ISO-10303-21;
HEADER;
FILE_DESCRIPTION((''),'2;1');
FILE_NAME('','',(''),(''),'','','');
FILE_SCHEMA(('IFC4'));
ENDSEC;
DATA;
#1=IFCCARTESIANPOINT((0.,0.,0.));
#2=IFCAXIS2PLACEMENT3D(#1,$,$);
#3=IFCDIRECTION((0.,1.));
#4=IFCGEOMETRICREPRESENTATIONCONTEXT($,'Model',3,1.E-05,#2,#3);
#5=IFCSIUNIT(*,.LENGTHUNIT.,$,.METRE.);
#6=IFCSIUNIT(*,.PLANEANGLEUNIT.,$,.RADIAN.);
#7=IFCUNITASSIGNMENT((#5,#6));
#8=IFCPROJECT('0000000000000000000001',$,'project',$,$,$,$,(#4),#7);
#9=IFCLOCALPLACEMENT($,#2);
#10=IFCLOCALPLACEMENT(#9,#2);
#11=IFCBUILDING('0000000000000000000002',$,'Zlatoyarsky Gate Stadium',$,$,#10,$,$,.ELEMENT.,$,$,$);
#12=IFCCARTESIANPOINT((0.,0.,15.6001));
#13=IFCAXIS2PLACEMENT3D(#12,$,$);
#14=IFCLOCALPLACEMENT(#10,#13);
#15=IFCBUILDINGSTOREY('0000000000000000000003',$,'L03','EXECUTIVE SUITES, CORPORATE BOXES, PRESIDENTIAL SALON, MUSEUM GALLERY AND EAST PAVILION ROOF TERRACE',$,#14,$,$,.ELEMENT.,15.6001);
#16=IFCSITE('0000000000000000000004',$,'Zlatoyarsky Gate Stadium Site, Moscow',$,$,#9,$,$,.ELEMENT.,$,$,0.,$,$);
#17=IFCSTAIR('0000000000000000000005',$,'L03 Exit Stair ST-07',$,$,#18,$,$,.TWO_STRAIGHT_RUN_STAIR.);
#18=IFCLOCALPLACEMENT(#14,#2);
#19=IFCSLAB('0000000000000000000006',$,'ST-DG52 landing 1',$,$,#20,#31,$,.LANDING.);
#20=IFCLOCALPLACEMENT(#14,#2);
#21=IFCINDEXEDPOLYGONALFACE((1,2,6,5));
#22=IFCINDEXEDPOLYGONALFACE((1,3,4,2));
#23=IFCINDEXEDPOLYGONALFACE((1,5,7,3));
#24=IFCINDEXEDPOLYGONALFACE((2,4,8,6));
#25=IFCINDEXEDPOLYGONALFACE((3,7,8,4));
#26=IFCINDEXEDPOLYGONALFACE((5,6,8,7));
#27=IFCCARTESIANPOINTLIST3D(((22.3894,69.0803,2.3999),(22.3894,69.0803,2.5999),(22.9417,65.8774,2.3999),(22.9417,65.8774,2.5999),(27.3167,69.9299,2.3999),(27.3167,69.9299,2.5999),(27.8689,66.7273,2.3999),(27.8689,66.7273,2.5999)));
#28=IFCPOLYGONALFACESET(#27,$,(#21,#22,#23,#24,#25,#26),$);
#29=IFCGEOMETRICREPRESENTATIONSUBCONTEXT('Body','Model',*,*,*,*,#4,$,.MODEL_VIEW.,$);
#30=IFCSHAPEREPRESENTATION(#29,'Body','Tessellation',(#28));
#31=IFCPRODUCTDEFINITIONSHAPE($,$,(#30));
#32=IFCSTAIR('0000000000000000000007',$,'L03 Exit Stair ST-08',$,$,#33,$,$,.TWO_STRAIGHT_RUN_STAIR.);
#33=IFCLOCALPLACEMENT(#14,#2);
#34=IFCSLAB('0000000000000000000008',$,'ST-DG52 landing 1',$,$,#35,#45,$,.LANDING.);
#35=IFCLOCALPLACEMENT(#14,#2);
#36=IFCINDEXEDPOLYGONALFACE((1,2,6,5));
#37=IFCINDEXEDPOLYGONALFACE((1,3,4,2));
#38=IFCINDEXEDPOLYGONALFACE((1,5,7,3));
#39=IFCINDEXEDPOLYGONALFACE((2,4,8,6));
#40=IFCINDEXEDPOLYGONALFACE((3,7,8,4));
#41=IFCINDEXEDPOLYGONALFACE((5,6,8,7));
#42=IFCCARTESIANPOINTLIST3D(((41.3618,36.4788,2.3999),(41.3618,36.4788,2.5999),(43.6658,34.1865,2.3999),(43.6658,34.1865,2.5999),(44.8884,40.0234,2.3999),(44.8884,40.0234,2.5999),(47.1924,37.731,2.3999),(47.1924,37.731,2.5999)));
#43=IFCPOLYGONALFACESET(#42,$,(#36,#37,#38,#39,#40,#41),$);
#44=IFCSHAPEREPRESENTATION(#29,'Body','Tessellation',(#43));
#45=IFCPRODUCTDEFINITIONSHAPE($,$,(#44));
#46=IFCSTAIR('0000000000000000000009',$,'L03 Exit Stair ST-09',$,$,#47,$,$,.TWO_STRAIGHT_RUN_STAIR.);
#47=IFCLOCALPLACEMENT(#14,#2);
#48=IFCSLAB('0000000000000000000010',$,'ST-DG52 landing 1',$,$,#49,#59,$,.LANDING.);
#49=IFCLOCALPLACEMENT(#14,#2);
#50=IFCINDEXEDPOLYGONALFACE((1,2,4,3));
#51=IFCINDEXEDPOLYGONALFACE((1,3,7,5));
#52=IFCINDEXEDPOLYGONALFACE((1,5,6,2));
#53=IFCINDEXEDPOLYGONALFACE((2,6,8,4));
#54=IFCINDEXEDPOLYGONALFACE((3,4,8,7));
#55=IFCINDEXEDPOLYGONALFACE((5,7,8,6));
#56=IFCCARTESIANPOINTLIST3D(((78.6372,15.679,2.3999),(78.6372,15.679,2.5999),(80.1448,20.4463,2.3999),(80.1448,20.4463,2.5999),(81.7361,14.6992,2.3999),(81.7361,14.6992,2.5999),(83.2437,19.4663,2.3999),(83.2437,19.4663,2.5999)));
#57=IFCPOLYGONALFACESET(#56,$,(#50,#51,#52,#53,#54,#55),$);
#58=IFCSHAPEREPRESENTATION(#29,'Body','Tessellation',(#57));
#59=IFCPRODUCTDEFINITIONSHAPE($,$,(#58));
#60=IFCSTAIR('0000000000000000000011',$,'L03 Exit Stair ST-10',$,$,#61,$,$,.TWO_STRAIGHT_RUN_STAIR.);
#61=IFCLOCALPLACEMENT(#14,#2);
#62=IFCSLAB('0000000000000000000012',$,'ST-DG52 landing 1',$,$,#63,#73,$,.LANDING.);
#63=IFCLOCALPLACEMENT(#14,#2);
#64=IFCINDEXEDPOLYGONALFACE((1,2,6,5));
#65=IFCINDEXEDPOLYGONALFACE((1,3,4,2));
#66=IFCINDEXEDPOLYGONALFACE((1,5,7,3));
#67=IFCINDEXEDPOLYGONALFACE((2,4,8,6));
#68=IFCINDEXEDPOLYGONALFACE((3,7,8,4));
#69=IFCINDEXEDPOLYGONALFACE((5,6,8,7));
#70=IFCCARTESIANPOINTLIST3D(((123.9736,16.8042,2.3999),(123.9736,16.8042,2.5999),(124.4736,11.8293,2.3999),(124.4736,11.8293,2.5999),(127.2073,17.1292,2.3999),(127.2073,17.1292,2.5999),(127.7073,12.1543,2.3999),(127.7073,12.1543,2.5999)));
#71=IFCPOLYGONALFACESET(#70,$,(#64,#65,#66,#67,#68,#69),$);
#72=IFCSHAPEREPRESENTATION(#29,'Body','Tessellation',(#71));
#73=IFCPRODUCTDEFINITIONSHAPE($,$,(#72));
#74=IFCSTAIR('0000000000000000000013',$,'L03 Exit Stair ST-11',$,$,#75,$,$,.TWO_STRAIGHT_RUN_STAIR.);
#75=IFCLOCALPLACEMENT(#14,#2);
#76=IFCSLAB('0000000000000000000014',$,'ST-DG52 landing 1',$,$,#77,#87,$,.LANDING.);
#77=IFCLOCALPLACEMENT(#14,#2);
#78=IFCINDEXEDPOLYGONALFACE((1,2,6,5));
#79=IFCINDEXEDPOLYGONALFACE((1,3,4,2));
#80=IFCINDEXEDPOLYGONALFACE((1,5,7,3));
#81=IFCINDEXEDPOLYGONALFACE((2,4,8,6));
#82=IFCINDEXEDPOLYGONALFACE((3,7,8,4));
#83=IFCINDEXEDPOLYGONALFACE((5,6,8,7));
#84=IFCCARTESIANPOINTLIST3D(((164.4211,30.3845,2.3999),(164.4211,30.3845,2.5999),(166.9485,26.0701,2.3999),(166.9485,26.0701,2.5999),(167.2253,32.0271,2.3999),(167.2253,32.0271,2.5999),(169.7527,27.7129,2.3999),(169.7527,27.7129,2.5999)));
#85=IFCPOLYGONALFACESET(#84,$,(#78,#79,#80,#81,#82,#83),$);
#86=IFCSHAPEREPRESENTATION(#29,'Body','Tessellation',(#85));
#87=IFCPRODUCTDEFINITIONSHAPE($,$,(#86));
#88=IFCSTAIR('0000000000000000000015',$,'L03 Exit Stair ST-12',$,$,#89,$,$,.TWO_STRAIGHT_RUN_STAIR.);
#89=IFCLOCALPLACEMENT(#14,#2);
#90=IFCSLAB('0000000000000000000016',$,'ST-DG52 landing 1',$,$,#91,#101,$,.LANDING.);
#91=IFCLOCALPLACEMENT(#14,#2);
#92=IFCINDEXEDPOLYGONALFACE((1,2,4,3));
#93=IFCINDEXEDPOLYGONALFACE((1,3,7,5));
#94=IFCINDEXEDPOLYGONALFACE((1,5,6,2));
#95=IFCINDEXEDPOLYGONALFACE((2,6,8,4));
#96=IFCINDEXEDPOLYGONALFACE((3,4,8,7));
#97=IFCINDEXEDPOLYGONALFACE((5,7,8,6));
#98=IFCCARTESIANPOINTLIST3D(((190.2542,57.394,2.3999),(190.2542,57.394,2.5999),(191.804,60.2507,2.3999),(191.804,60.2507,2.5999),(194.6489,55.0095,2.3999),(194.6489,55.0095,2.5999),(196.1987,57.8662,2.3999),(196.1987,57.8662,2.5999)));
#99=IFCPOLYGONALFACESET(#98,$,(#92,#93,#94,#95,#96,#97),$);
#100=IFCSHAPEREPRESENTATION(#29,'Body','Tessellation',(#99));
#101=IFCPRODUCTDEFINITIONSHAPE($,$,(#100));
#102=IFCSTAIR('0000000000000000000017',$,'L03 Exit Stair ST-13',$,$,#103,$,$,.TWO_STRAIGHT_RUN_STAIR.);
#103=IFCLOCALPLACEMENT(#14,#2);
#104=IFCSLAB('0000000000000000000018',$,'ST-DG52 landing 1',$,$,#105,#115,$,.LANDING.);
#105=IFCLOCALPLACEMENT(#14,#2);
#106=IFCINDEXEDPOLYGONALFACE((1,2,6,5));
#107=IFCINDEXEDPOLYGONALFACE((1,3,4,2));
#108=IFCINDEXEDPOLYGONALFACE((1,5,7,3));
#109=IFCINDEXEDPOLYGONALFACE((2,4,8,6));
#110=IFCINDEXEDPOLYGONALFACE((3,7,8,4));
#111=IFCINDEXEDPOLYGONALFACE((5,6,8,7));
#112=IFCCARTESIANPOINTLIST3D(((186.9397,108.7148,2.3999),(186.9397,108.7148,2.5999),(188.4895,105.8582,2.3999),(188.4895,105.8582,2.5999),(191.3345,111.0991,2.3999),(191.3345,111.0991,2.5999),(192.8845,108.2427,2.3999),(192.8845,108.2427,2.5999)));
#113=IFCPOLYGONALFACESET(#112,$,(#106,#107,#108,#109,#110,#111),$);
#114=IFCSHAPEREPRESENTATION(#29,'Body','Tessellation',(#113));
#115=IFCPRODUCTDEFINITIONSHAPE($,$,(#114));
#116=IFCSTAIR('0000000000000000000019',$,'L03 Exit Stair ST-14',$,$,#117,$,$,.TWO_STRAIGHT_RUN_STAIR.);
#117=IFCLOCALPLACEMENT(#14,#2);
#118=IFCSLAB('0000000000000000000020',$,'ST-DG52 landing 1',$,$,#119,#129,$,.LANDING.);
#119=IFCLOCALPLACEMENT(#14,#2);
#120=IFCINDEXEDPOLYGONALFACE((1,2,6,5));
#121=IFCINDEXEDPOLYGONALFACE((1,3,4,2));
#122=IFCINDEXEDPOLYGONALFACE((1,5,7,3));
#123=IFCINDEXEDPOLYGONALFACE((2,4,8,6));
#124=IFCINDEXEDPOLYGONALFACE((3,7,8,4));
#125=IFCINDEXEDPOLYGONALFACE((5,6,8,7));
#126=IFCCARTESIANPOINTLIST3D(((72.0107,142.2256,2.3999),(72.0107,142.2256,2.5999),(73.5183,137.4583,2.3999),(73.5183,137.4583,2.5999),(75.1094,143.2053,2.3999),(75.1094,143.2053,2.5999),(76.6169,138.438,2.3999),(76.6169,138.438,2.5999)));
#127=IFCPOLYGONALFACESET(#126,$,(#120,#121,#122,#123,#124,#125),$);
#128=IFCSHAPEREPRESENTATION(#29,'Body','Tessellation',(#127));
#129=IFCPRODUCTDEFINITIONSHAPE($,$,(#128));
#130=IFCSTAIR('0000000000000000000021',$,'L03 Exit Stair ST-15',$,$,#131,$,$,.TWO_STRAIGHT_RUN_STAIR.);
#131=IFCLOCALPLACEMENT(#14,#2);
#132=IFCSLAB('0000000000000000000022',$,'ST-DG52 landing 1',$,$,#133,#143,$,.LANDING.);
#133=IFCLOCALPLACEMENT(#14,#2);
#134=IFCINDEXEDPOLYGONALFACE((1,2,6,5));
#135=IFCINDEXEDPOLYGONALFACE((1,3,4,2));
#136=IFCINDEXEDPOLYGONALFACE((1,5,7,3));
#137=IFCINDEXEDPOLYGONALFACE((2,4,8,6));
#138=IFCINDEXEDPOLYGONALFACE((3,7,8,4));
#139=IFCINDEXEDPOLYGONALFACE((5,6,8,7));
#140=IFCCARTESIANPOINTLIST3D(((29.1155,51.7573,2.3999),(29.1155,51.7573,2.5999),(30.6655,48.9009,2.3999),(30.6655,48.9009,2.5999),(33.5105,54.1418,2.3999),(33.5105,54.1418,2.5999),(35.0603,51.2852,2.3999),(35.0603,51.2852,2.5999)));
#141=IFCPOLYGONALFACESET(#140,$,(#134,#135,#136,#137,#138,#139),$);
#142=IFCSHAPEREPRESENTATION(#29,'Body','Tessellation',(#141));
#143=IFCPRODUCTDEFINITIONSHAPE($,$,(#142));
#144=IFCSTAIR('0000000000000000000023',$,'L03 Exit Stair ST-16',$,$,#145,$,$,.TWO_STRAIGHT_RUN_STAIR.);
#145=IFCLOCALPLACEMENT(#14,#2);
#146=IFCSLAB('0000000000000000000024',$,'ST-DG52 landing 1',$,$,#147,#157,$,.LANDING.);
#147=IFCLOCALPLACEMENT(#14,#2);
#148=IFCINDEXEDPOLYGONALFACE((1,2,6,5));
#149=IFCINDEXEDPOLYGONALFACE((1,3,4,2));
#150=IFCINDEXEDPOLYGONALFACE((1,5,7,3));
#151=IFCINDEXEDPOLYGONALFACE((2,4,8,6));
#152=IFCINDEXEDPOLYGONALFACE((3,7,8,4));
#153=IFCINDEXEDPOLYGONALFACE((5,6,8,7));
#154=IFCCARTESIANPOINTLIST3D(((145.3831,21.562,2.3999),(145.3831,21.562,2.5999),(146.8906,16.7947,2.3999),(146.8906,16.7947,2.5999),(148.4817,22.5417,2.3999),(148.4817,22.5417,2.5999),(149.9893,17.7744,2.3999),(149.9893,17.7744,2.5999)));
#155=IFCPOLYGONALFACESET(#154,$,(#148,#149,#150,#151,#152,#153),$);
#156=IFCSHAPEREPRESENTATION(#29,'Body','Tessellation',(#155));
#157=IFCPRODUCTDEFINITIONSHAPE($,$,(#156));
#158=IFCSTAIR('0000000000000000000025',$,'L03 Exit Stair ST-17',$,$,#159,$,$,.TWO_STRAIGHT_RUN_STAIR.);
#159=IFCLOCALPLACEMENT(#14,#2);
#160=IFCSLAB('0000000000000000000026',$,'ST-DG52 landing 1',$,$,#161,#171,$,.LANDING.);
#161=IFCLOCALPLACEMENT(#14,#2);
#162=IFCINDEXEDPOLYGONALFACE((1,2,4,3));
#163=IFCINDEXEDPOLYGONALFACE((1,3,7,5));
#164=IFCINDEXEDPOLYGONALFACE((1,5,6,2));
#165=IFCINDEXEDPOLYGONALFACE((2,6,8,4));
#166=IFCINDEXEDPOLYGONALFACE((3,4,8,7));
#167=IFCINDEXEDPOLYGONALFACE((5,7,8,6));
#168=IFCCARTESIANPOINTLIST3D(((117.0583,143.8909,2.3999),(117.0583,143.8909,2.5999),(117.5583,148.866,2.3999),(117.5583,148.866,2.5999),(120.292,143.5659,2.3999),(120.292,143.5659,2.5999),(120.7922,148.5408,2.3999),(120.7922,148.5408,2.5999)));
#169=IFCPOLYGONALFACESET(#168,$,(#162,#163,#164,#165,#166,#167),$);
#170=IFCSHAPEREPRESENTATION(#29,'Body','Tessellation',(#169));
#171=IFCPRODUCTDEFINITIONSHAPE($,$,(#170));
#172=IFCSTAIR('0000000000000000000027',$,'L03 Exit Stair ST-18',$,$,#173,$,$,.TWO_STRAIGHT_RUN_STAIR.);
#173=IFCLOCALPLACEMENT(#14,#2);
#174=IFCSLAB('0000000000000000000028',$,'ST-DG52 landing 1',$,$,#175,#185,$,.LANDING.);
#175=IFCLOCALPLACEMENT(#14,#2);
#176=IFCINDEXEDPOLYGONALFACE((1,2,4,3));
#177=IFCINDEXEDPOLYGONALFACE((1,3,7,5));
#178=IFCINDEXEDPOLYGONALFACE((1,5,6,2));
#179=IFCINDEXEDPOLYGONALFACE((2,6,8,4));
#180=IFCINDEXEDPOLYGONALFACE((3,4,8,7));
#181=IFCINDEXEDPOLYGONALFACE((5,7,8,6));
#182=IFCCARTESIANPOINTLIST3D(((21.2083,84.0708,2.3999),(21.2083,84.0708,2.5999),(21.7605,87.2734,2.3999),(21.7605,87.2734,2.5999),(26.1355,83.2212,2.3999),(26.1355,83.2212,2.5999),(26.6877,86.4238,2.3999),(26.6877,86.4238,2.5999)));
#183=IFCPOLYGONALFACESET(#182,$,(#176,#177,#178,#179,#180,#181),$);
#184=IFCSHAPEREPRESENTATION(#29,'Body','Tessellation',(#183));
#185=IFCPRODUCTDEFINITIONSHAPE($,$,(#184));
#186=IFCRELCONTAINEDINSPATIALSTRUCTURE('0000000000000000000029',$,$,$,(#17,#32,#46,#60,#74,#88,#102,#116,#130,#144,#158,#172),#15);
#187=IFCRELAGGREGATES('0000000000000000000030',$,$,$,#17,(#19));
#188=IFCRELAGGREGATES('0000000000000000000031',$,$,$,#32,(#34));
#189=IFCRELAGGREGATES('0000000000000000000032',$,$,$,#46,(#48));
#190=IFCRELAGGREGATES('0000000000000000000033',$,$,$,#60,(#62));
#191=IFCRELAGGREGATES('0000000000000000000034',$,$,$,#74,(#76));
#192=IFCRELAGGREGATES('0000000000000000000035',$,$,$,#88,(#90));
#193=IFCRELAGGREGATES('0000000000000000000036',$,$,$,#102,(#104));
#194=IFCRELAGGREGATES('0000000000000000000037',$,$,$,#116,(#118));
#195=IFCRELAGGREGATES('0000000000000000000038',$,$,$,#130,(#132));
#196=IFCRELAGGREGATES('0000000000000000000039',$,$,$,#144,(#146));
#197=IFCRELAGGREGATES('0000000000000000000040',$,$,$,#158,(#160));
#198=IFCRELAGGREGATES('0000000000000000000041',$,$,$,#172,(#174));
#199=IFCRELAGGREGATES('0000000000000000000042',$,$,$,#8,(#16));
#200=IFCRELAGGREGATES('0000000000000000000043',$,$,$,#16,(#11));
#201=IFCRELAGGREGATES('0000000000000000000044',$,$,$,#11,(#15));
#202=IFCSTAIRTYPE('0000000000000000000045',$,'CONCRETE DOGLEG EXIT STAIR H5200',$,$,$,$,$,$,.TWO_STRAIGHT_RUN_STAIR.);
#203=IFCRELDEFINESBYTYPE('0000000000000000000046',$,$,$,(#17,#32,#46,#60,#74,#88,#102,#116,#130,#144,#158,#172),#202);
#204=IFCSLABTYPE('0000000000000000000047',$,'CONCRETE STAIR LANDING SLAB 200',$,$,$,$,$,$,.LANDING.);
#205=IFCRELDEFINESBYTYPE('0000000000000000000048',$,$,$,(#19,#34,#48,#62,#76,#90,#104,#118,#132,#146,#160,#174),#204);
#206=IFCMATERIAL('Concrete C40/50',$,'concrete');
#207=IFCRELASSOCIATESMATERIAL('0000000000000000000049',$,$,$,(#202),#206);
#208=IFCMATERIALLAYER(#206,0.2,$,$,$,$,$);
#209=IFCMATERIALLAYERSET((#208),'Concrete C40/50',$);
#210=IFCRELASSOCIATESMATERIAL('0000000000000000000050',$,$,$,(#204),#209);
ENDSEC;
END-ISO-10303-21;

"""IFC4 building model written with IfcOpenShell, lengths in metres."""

from ifc_helpers import new_model, si_unit, direction, frame, origin, place, context, subcontext, project, spatial, polyline, outline, extrude, material, layer, layer_set, type_object, element, aggregate, save


model = new_model("IFC4")

# Units and contexts
model_context = context("Model", 3, precision=1e-05, world=origin(), true_north=direction((0.0, 1.0)))
body_context = subcontext(model_context, "Body", "Model", "MODEL_VIEW")
ifc_project = project(units=[si_unit("LENGTHUNIT", "METRE"), si_unit("PLANEANGLEUNIT", "RADIAN")], contexts=[model_context])

# Site, building, storey
site_placement = place(None, origin())
site = spatial("IfcSite", under=ifc_project, at=site_placement, Name="Zlatoyarsky Gate Stadium Site, Moscow", CompositionType="ELEMENT", RefElevation=0.0)
building_placement = place(site_placement, origin())
building = spatial("IfcBuilding", under=site, at=building_placement, Name="Zlatoyarsky Gate Stadium", CompositionType="ELEMENT")
storey_placement = place(building_placement, frame((0.0, 0.0, 15.6001)))
storey = spatial("IfcBuildingStorey", under=building, at=storey_placement, Name="L03", Description="EXECUTIVE SUITES, CORPORATE BOXES, PRESIDENTIAL SALON, MUSEUM GALLERY AND EAST PAVILION ROOF TERRACE", CompositionType="ELEMENT", Elevation=15.6001)

# Shared definitions
ifc_material = material(Name="Concrete C40/50", Category="concrete")

# Stairs, slabs
stair_type = type_object("IfcStairType", Name="CONCRETE DOGLEG EXIT STAIR H5200", PredefinedType="TWO_STRAIGHT_RUN_STAIR", material=ifc_material)
ifc_layer_1 = layer(ifc_material, 0.2)
ifc_layer_set_1 = layer_set([ifc_layer_1], Name="Concrete C40/50")
slab_type_1 = type_object("IfcSlabType", Name="CONCRETE STAIR LANDING SLAB 200", PredefinedType="LANDING", material=ifc_layer_set_1)
stair_1_placement = place(storey_placement, origin())
stair_1 = element("IfcStair", 1, at=stair_1_placement, inside=storey, type_object=stair_type, Name="L03 Exit Stair ST-07", PredefinedType="TWO_STRAIGHT_RUN_STAIR")
slab_1_placement = place(storey_placement, frame((0.0, 0.0, 2.3999)))
slab_1 = element("IfcSlab", 2, at=slab_1_placement, type_object=slab_type_1, Name="ST-DG52 landing 1", PredefinedType="LANDING", context=body_context, shape_type="SweptSolid", body=[
    extrude(outline(polyline([(22.3894, 69.0803), (22.9417, 65.8774), (27.8689, 66.7273), (27.3167, 69.9299), (22.3894, 69.0803)])), origin(), (0.0, 0.0, 1.0), 0.2),
])
aggregate(stair_1, [slab_1])
stair_2_placement = place(storey_placement, origin())
stair_2 = element("IfcStair", 3, at=stair_2_placement, inside=storey, type_object=stair_type, Name="L03 Exit Stair ST-08", PredefinedType="TWO_STRAIGHT_RUN_STAIR")
slab_2_placement = place(storey_placement, frame((0.0, 0.0, 2.3999)))
slab_2 = element("IfcSlab", 4, at=slab_2_placement, type_object=slab_type_1, Name="ST-DG52 landing 1", PredefinedType="LANDING", context=body_context, shape_type="SweptSolid", body=[
    extrude(outline(polyline([(41.3618, 36.4788), (43.6658, 34.1865), (47.1924, 37.731), (44.8884, 40.0234), (41.3618, 36.4788)])), origin(), (0.0, 0.0, 1.0), 0.2),
])
aggregate(stair_2, [slab_2])
stair_3_placement = place(storey_placement, origin())
stair_3 = element("IfcStair", 5, at=stair_3_placement, inside=storey, type_object=stair_type, Name="L03 Exit Stair ST-09", PredefinedType="TWO_STRAIGHT_RUN_STAIR")
slab_3_placement = place(storey_placement, frame((0.0, 0.0, 2.3999)))
slab_3 = element("IfcSlab", 6, at=slab_3_placement, type_object=slab_type_1, Name="ST-DG52 landing 1", PredefinedType="LANDING", context=body_context, shape_type="SweptSolid", body=[
    extrude(outline(polyline([(78.6372, 15.679), (81.7361, 14.6992), (83.2437, 19.4663), (80.1448, 20.4463), (78.6372, 15.679)])), origin(), (0.0, 0.0, 1.0), 0.2),
])
aggregate(stair_3, [slab_3])
stair_4_placement = place(storey_placement, origin())
stair_4 = element("IfcStair", 7, at=stair_4_placement, inside=storey, type_object=stair_type, Name="L03 Exit Stair ST-10", PredefinedType="TWO_STRAIGHT_RUN_STAIR")
slab_4_placement = place(storey_placement, frame((0.0, 0.0, 2.3999)))
slab_4 = element("IfcSlab", 8, at=slab_4_placement, type_object=slab_type_1, Name="ST-DG52 landing 1", PredefinedType="LANDING", context=body_context, shape_type="SweptSolid", body=[
    extrude(outline(polyline([(124.4736, 11.8293), (127.7073, 12.1543), (127.2073, 17.1292), (123.9736, 16.8042), (124.4736, 11.8293)])), origin(), (0.0, 0.0, 1.0), 0.2),
])
aggregate(stair_4, [slab_4])
stair_5_placement = place(storey_placement, origin())
stair_5 = element("IfcStair", 9, at=stair_5_placement, inside=storey, type_object=stair_type, Name="L03 Exit Stair ST-11", PredefinedType="TWO_STRAIGHT_RUN_STAIR")
slab_5_placement = place(storey_placement, frame((0.0, 0.0, 2.3999)))
slab_5 = element("IfcSlab", 10, at=slab_5_placement, type_object=slab_type_1, Name="ST-DG52 landing 1", PredefinedType="LANDING", context=body_context, shape_type="SweptSolid", body=[
    extrude(outline(polyline([(166.9485, 26.0701), (169.7527, 27.7129), (167.2253, 32.0271), (164.4211, 30.3845), (166.9485, 26.0701)])), origin(), (0.0, 0.0, 1.0), 0.2),
])
aggregate(stair_5, [slab_5])
stair_6_placement = place(storey_placement, origin())
stair_6 = element("IfcStair", 11, at=stair_6_placement, inside=storey, type_object=stair_type, Name="L03 Exit Stair ST-12", PredefinedType="TWO_STRAIGHT_RUN_STAIR")
slab_6_placement = place(storey_placement, frame((0.0, 0.0, 2.3999)))
slab_6 = element("IfcSlab", 12, at=slab_6_placement, type_object=slab_type_1, Name="ST-DG52 landing 1", PredefinedType="LANDING", context=body_context, shape_type="SweptSolid", body=[
    extrude(outline(polyline([(194.6489, 55.0095), (196.1987, 57.8662), (191.804, 60.2507), (190.2542, 57.394), (194.6489, 55.0095)])), origin(), (0.0, 0.0, 1.0), 0.2),
])
aggregate(stair_6, [slab_6])
stair_7_placement = place(storey_placement, origin())
stair_7 = element("IfcStair", 13, at=stair_7_placement, inside=storey, type_object=stair_type, Name="L03 Exit Stair ST-13", PredefinedType="TWO_STRAIGHT_RUN_STAIR")
slab_7_placement = place(storey_placement, frame((0.0, 0.0, 2.3999)))
slab_7 = element("IfcSlab", 14, at=slab_7_placement, type_object=slab_type_1, Name="ST-DG52 landing 1", PredefinedType="LANDING", context=body_context, shape_type="SweptSolid", body=[
    extrude(outline(polyline([(192.8845, 108.2427), (191.3345, 111.0991), (186.9397, 108.7148), (188.4895, 105.8582), (192.8845, 108.2427)])), origin(), (0.0, 0.0, 1.0), 0.2),
])
aggregate(stair_7, [slab_7])
stair_8_placement = place(storey_placement, origin())
stair_8 = element("IfcStair", 15, at=stair_8_placement, inside=storey, type_object=stair_type, Name="L03 Exit Stair ST-14", PredefinedType="TWO_STRAIGHT_RUN_STAIR")
slab_8_placement = place(storey_placement, frame((0.0, 0.0, 2.3999)))
slab_8 = element("IfcSlab", 16, at=slab_8_placement, type_object=slab_type_1, Name="ST-DG52 landing 1", PredefinedType="LANDING", context=body_context, shape_type="SweptSolid", body=[
    extrude(outline(polyline([(75.1094, 143.2053), (72.0107, 142.2256), (73.5183, 137.4583), (76.6169, 138.438), (75.1094, 143.2053)])), origin(), (0.0, 0.0, 1.0), 0.2),
])
aggregate(stair_8, [slab_8])
stair_9_placement = place(storey_placement, origin())
stair_9 = element("IfcStair", 17, at=stair_9_placement, inside=storey, type_object=stair_type, Name="L03 Exit Stair ST-15", PredefinedType="TWO_STRAIGHT_RUN_STAIR")
slab_9_placement = place(storey_placement, frame((0.0, 0.0, 2.3999)))
slab_9 = element("IfcSlab", 18, at=slab_9_placement, type_object=slab_type_1, Name="ST-DG52 landing 1", PredefinedType="LANDING", context=body_context, shape_type="SweptSolid", body=[
    extrude(outline(polyline([(29.1155, 51.7573), (30.6655, 48.9009), (35.0603, 51.2852), (33.5105, 54.1418), (29.1155, 51.7573)])), origin(), (0.0, 0.0, 1.0), 0.2),
])
aggregate(stair_9, [slab_9])
stair_10_placement = place(storey_placement, origin())
stair_10 = element("IfcStair", 19, at=stair_10_placement, inside=storey, type_object=stair_type, Name="L03 Exit Stair ST-16", PredefinedType="TWO_STRAIGHT_RUN_STAIR")
slab_10_placement = place(storey_placement, frame((0.0, 0.0, 2.3999)))
slab_10 = element("IfcSlab", 20, at=slab_10_placement, type_object=slab_type_1, Name="ST-DG52 landing 1", PredefinedType="LANDING", context=body_context, shape_type="SweptSolid", body=[
    extrude(outline(polyline([(146.8906, 16.7947), (149.9893, 17.7744), (148.4817, 22.5417), (145.3831, 21.562), (146.8906, 16.7947)])), origin(), (0.0, 0.0, 1.0), 0.2),
])
aggregate(stair_10, [slab_10])
stair_11_placement = place(storey_placement, origin())
stair_11 = element("IfcStair", 21, at=stair_11_placement, inside=storey, type_object=stair_type, Name="L03 Exit Stair ST-17", PredefinedType="TWO_STRAIGHT_RUN_STAIR")
slab_11_placement = place(storey_placement, frame((0.0, 0.0, 2.3999)))
slab_11 = element("IfcSlab", 22, at=slab_11_placement, type_object=slab_type_1, Name="ST-DG52 landing 1", PredefinedType="LANDING", context=body_context, shape_type="SweptSolid", body=[
    extrude(outline(polyline([(120.7922, 148.5408), (117.5583, 148.866), (117.0583, 143.8909), (120.292, 143.5659), (120.7922, 148.5408)])), origin(), (0.0, 0.0, 1.0), 0.2),
])
aggregate(stair_11, [slab_11])
stair_12_placement = place(storey_placement, origin())
stair_12 = element("IfcStair", 23, at=stair_12_placement, inside=storey, type_object=stair_type, Name="L03 Exit Stair ST-18", PredefinedType="TWO_STRAIGHT_RUN_STAIR")
slab_12_placement = place(storey_placement, frame((0.0, 0.0, 2.3999)))
slab_12 = element("IfcSlab", 24, at=slab_12_placement, type_object=slab_type_1, Name="ST-DG52 landing 1", PredefinedType="LANDING", context=body_context, shape_type="SweptSolid", body=[
    extrude(outline(polyline([(21.7605, 87.2734), (21.2083, 84.0708), (26.1355, 83.2212), (26.6877, 86.4238), (21.7605, 87.2734)])), origin(), (0.0, 0.0, 1.0), 0.2),
])
aggregate(stair_12, [slab_12])

save(model, "model.ifc")
